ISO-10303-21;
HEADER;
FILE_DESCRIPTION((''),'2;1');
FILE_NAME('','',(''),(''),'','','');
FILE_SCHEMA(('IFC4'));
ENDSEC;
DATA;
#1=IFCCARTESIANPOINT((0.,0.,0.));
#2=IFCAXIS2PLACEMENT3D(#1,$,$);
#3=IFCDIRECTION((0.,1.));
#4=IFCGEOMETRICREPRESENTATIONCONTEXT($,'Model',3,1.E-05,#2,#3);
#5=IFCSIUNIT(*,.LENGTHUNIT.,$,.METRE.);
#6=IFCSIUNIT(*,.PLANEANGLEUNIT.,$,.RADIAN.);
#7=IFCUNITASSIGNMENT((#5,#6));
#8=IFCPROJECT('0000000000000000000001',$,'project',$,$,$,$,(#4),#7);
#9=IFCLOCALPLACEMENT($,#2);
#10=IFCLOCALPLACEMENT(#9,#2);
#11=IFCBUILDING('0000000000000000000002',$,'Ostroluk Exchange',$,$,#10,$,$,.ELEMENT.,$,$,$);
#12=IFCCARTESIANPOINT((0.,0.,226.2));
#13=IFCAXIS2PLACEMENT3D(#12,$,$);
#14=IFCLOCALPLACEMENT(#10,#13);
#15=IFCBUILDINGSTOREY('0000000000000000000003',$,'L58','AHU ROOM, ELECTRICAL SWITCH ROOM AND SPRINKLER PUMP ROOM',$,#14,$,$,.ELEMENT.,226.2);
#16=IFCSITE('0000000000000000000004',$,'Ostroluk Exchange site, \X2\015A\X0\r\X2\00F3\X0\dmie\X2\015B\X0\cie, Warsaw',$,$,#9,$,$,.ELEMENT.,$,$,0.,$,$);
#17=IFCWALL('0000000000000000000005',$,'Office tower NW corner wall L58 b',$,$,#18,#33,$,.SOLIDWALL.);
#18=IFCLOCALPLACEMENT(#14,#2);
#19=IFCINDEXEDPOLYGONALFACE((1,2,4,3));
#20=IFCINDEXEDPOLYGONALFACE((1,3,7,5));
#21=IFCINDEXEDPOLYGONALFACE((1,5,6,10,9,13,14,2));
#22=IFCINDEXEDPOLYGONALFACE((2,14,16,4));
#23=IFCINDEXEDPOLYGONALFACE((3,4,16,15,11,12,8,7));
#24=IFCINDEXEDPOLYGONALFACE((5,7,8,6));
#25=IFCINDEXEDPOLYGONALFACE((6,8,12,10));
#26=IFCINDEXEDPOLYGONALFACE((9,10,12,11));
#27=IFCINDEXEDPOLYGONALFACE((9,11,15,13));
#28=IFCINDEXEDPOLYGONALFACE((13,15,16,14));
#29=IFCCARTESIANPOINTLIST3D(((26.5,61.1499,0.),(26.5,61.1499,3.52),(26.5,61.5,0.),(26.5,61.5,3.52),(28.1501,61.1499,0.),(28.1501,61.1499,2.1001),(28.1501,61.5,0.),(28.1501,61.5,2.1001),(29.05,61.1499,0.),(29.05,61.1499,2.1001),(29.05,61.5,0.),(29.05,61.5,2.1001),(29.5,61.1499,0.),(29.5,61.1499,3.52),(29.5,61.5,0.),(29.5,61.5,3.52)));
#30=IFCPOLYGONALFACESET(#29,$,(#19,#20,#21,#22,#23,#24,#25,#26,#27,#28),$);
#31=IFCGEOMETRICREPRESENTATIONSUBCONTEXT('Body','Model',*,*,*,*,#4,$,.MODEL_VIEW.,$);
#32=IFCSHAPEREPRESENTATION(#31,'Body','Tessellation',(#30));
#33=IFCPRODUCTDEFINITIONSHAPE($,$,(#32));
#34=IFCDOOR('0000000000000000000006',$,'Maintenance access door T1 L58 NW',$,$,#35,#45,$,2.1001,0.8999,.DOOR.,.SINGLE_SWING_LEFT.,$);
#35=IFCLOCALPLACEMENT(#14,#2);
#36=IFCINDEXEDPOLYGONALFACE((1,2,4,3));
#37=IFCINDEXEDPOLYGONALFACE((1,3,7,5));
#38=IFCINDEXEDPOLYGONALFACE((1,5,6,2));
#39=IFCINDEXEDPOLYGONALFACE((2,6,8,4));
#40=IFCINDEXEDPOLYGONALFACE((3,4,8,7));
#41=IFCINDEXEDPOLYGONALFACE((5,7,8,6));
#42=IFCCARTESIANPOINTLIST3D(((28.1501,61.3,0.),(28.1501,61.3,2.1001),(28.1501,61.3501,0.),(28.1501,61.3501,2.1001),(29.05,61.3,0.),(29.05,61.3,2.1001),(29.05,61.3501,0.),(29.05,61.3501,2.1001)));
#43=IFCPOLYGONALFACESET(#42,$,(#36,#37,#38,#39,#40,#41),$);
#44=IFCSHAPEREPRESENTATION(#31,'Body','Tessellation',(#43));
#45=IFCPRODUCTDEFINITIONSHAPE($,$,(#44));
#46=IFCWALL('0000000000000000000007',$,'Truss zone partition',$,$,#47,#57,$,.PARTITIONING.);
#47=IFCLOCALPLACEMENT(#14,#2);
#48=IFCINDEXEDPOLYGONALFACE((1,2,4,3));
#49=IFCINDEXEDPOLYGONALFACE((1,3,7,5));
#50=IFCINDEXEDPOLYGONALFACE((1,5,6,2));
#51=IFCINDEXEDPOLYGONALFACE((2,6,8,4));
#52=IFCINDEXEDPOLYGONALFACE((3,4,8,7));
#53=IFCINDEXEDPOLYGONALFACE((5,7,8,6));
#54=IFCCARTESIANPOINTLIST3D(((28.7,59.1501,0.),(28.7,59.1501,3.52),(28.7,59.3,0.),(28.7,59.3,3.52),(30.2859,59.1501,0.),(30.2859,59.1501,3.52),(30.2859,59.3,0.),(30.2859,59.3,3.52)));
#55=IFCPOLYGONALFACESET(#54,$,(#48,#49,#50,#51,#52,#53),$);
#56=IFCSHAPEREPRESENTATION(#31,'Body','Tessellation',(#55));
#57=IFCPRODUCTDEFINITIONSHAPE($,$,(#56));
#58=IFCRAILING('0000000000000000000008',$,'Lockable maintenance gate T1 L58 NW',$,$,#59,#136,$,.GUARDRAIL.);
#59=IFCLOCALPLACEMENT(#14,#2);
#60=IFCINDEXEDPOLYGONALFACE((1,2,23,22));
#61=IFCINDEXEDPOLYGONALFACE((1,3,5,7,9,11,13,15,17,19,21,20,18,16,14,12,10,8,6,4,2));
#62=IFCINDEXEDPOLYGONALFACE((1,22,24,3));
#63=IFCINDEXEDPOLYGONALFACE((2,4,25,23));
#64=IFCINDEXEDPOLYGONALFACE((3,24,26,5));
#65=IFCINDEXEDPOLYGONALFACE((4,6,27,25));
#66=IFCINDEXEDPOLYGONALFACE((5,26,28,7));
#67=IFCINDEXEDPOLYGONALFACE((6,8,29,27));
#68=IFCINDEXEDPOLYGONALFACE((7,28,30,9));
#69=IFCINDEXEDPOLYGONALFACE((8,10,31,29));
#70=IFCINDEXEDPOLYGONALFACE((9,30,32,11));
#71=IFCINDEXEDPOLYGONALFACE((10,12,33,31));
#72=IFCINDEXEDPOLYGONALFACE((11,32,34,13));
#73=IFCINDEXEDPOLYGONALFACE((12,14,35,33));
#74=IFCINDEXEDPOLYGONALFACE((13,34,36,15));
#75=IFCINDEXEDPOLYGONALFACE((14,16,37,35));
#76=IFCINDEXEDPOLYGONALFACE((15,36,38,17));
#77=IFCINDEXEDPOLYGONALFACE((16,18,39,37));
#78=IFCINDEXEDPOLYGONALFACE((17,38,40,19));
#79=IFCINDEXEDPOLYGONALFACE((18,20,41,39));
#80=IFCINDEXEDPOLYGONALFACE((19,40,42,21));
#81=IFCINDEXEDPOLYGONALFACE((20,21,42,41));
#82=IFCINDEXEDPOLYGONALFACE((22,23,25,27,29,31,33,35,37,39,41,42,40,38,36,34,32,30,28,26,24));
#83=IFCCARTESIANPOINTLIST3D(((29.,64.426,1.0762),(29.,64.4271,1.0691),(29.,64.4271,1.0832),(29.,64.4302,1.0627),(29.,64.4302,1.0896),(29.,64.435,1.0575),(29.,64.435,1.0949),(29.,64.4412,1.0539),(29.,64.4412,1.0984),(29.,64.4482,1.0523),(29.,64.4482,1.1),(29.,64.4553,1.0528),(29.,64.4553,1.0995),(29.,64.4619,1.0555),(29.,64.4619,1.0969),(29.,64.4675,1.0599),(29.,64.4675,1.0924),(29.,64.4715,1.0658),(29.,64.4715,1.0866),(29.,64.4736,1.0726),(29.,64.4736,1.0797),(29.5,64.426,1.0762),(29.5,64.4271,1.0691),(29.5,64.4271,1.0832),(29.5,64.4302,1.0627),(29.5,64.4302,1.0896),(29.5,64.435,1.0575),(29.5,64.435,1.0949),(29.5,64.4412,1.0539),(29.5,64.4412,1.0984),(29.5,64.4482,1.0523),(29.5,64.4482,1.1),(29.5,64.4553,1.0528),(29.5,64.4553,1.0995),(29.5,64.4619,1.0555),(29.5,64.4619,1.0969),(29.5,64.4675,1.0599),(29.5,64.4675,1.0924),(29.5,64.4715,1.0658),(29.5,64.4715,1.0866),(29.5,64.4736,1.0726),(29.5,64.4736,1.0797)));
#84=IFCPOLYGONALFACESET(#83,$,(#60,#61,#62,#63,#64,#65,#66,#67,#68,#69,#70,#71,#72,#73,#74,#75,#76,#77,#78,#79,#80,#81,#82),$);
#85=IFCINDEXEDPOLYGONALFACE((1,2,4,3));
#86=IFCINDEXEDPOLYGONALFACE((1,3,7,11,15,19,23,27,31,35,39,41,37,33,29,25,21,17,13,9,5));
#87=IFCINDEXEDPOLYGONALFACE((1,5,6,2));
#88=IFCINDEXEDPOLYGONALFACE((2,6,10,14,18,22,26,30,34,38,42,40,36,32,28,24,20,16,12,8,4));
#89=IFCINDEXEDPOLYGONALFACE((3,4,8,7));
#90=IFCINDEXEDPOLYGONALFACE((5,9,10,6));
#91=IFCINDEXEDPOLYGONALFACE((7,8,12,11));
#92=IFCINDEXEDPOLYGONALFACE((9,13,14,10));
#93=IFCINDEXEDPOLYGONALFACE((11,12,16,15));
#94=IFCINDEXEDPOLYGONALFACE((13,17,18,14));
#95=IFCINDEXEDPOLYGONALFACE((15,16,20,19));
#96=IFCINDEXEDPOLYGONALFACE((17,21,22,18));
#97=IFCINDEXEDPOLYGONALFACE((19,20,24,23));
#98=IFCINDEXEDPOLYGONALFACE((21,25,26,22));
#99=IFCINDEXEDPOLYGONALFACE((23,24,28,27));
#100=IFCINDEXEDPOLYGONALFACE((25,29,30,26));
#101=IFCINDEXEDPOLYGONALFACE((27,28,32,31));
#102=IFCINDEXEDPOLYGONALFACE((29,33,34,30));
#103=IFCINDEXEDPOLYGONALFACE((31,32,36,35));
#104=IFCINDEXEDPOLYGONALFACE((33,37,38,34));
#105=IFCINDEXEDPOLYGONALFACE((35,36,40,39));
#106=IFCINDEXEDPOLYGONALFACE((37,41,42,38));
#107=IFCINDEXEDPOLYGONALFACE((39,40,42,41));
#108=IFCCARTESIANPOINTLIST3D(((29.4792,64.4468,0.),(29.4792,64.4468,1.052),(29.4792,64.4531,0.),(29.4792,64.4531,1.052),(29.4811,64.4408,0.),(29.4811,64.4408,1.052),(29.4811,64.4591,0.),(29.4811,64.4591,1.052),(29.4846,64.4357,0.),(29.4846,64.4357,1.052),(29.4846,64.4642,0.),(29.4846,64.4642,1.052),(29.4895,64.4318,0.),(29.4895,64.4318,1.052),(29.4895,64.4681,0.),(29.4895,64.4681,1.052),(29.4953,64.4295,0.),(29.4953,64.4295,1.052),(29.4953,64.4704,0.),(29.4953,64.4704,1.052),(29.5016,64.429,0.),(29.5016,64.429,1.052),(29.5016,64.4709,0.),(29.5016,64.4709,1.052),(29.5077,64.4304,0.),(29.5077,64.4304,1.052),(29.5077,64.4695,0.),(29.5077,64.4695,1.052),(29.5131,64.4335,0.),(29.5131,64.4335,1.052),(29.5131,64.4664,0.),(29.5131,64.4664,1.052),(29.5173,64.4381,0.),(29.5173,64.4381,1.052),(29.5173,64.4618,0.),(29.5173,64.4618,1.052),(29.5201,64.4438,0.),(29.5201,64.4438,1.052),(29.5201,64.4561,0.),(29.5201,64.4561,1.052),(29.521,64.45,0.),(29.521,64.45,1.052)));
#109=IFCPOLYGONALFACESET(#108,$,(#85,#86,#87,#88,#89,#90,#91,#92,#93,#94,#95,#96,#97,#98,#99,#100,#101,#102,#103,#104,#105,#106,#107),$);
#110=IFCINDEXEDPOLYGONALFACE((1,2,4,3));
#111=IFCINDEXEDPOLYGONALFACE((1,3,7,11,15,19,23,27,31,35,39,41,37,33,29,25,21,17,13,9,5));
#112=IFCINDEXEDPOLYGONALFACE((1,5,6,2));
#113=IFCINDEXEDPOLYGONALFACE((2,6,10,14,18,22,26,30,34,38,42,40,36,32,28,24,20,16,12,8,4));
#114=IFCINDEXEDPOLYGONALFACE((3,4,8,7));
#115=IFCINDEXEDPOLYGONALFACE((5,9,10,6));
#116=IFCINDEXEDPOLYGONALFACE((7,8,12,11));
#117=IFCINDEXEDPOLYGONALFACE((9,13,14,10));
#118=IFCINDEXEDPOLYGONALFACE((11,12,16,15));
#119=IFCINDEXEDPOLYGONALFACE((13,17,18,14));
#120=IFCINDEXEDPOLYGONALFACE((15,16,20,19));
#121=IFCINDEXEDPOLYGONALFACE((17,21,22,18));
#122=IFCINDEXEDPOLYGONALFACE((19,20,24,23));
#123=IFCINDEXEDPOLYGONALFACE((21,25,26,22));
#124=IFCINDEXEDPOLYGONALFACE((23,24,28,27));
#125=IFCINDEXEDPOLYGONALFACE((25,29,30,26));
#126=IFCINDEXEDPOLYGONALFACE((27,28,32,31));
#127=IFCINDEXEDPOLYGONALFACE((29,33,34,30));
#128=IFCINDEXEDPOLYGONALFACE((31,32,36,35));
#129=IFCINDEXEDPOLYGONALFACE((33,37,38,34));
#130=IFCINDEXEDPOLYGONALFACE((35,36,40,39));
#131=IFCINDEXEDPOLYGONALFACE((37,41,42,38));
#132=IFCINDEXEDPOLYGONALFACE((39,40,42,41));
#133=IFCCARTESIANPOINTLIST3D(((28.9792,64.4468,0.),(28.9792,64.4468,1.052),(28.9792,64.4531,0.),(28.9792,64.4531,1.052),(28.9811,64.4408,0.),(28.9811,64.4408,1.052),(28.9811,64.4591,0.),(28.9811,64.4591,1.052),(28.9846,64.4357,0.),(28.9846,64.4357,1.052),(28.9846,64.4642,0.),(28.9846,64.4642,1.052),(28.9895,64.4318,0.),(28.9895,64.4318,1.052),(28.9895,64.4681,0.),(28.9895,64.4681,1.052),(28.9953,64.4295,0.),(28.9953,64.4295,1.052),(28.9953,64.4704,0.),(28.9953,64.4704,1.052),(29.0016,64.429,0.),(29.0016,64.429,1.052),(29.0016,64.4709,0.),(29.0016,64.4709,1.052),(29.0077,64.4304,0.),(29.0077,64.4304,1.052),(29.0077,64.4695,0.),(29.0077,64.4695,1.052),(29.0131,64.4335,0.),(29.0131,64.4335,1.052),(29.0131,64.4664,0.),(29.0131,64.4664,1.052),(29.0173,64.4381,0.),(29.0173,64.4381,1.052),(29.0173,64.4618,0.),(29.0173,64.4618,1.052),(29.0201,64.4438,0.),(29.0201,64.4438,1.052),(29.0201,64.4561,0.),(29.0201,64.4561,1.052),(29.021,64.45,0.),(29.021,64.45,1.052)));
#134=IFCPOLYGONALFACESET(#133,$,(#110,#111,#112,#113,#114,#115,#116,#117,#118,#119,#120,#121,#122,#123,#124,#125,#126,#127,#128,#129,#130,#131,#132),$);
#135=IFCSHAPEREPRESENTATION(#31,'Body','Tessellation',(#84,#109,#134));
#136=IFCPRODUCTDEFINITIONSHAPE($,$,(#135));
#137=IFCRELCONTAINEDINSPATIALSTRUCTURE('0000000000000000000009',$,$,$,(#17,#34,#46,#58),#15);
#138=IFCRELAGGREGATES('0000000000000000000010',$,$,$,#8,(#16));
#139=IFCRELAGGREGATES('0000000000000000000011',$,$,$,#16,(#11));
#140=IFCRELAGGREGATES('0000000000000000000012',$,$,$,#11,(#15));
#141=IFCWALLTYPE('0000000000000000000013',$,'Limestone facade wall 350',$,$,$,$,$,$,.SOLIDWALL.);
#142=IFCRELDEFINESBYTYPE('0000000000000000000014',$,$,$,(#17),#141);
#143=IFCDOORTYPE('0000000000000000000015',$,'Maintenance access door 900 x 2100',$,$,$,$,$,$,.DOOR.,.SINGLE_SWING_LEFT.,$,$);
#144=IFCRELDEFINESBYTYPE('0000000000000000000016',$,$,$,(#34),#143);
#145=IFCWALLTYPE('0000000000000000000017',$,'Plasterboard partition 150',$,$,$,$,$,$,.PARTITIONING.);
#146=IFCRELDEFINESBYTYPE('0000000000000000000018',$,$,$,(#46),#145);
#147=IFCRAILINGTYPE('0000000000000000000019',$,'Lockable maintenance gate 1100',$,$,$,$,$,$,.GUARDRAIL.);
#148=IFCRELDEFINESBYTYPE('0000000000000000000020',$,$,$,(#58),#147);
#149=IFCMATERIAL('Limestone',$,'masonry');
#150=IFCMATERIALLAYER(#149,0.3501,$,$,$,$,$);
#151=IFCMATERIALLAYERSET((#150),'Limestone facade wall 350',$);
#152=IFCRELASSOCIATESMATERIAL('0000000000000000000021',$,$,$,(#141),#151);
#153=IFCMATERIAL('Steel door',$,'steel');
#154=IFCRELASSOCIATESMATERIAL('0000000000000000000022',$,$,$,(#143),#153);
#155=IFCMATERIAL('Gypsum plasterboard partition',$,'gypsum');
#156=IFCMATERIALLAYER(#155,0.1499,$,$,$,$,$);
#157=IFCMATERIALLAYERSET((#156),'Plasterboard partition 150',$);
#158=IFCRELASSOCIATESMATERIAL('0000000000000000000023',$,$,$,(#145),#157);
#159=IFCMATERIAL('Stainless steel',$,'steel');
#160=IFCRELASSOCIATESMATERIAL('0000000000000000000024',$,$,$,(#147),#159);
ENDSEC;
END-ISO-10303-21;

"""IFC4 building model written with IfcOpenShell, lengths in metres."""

from ifc_helpers import new_model, si_unit, direction, frame, frame_2d, origin, origin_2d, place, context, subcontext, project, spatial, rectangle, circle, extrude, material, layer, layer_set, type_object, element, fill, save


model = new_model("IFC4")

# Units and contexts
model_context = context("Model", 3, precision=1e-05, world=origin(), true_north=direction((0.0, 1.0)))
body_context = subcontext(model_context, "Body", "Model", "MODEL_VIEW")
ifc_project = project(units=[si_unit("LENGTHUNIT", "METRE"), si_unit("PLANEANGLEUNIT", "RADIAN")], contexts=[model_context])

# Site, building, storey
site_placement = place(None, origin())
site = spatial("IfcSite", under=ifc_project, at=site_placement, Name="Ostroluk Exchange site, Śródmieście, Warsaw", CompositionType="ELEMENT", RefElevation=0.0)
building_placement = place(site_placement, origin())
building = spatial("IfcBuilding", under=site, at=building_placement, Name="Ostroluk Exchange", CompositionType="ELEMENT")
storey_placement = place(building_placement, frame((0.0, 0.0, 226.2)))
storey = spatial("IfcBuildingStorey", under=building, at=storey_placement, Name="L58", Description="AHU ROOM, ELECTRICAL SWITCH ROOM AND SPRINKLER PUMP ROOM", CompositionType="ELEMENT", Elevation=226.2)

# Shared definitions
ifc_material_1 = material(Name="Limestone", Category="masonry")
ifc_layer_1 = layer(ifc_material_1, 0.3501)
ifc_layer_set_1 = layer_set([ifc_layer_1], Name="Limestone facade wall 350")
wall_type_1 = type_object("IfcWallType", Name="Limestone facade wall 350", PredefinedType="SOLIDWALL", material=ifc_layer_set_1)

# Wall, opening, door
wall_1_placement = place(storey_placement, frame((29.5, 61.325, 0.0), z_axis=(0.0, 0.0, 1.0), x_axis=(-1.0, 0.0, 0.0)))
wall_1 = element("IfcWall", 1, at=wall_1_placement, inside=storey, type_object=wall_type_1, Name="Office tower NW corner wall L58 b", PredefinedType="SOLIDWALL", context=body_context, shape_type="SweptSolid", body=[
    extrude(rectangle(XDim=3.0, YDim=0.3501, at=frame_2d((1.5, 0.0))), origin(), (0.0, 0.0, 1.0), 3.52),
])
opening_1_placement = place(wall_1_placement, frame((0.45, 0.0, 0.0)))
opening_1 = element("IfcOpeningElement", 2, at=opening_1_placement, cuts=wall_1, PredefinedType="OPENING", context=body_context, shape_type="SweptSolid", body=[
    extrude(rectangle(XDim=0.8999, YDim=2.1001, at=frame_2d((0.45, 1.05))), frame((0.0, 0.1851, 0.0), z_axis=(0.0, -1.0, 0.0), x_axis=(1.0, 0.0, 0.0)), (0.0, 0.0, 1.0), 0.3701),
])
ifc_material_2 = material(Name="Steel door", Category="steel")
door_type = type_object("IfcDoorType", Name="Maintenance access door 900 x 2100", OperationType="SINGLE_SWING_LEFT", PredefinedType="DOOR", material=ifc_material_2)
door_placement = place(opening_1_placement, origin())
door = element("IfcDoor", 3, at=door_placement, inside=storey, type_object=door_type, Name="Maintenance access door T1 L58 NW", OperationType="SINGLE_SWING_LEFT", OverallHeight=2.1001, OverallWidth=0.8999, PredefinedType="DOOR", context=body_context, shape_type="SweptSolid", body=[
    extrude(rectangle(XDim=0.8999, YDim=2.1001, at=frame_2d((0.45, 1.05))), frame((0.0, 0.0249, 0.0), z_axis=(0.0, -1.0, 0.0), x_axis=(1.0, 0.0, 0.0)), (0.0, 0.0, 1.0), 0.05),
])
fill(opening_1, door)

# Wall
ifc_material_3 = material(Name="Gypsum plasterboard partition", Category="gypsum")
ifc_layer_2 = layer(ifc_material_3, 0.1499)
ifc_layer_set_2 = layer_set([ifc_layer_2], Name="Plasterboard partition 150")
wall_type_2 = type_object("IfcWallType", Name="Plasterboard partition 150", PredefinedType="PARTITIONING", material=ifc_layer_set_2)
wall_2_placement = place(storey_placement, frame((28.7, 59.2251, 0.0), z_axis=(0.0, 0.0, 1.0), x_axis=(1.0, 0.0, 0.0)))
element("IfcWall", 4, at=wall_2_placement, inside=storey, type_object=wall_type_2, Name="Truss zone partition", PredefinedType="PARTITIONING", context=body_context, shape_type="SweptSolid", body=[
    extrude(rectangle(XDim=1.5859, YDim=0.1499, at=frame_2d((0.793, 0.0))), origin(), (0.0, 0.0, 1.0), 3.52),
])

# Railing
ifc_material_4 = material(Name="Stainless steel", Category="steel")
railing_type_1 = type_object("IfcRailingType", Name="Lockable maintenance gate 1100", PredefinedType="GUARDRAIL", material=ifc_material_4)
railing_1_placement = place(storey_placement, frame((29.5, 64.45, 0.0)))
element("IfcRailing", 5, at=railing_1_placement, inside=storey, type_object=railing_type_1, Name="Lockable maintenance gate T1 L58 NW", PredefinedType="GUARDRAIL", context=body_context, shape_type="SweptSolid", body=[
    extrude(circle(Radius=0.0239, at=origin_2d()), frame((0.0, 0.0, 1.0762), z_axis=(-1.0, 0.0, 0.0), x_axis=(0.0, -1.0, 0.0)), (0.0, 0.0, 1.0), 0.5),
    extrude(circle(Radius=0.021, at=origin_2d()), origin(), (0.0, 0.0, 1.0), 1.052),
    extrude(circle(Radius=0.021, at=origin_2d()), frame((-0.5, 0.0, 0.0)), (0.0, 0.0, 1.0), 1.052),
])

save(model, "model.ifc")
